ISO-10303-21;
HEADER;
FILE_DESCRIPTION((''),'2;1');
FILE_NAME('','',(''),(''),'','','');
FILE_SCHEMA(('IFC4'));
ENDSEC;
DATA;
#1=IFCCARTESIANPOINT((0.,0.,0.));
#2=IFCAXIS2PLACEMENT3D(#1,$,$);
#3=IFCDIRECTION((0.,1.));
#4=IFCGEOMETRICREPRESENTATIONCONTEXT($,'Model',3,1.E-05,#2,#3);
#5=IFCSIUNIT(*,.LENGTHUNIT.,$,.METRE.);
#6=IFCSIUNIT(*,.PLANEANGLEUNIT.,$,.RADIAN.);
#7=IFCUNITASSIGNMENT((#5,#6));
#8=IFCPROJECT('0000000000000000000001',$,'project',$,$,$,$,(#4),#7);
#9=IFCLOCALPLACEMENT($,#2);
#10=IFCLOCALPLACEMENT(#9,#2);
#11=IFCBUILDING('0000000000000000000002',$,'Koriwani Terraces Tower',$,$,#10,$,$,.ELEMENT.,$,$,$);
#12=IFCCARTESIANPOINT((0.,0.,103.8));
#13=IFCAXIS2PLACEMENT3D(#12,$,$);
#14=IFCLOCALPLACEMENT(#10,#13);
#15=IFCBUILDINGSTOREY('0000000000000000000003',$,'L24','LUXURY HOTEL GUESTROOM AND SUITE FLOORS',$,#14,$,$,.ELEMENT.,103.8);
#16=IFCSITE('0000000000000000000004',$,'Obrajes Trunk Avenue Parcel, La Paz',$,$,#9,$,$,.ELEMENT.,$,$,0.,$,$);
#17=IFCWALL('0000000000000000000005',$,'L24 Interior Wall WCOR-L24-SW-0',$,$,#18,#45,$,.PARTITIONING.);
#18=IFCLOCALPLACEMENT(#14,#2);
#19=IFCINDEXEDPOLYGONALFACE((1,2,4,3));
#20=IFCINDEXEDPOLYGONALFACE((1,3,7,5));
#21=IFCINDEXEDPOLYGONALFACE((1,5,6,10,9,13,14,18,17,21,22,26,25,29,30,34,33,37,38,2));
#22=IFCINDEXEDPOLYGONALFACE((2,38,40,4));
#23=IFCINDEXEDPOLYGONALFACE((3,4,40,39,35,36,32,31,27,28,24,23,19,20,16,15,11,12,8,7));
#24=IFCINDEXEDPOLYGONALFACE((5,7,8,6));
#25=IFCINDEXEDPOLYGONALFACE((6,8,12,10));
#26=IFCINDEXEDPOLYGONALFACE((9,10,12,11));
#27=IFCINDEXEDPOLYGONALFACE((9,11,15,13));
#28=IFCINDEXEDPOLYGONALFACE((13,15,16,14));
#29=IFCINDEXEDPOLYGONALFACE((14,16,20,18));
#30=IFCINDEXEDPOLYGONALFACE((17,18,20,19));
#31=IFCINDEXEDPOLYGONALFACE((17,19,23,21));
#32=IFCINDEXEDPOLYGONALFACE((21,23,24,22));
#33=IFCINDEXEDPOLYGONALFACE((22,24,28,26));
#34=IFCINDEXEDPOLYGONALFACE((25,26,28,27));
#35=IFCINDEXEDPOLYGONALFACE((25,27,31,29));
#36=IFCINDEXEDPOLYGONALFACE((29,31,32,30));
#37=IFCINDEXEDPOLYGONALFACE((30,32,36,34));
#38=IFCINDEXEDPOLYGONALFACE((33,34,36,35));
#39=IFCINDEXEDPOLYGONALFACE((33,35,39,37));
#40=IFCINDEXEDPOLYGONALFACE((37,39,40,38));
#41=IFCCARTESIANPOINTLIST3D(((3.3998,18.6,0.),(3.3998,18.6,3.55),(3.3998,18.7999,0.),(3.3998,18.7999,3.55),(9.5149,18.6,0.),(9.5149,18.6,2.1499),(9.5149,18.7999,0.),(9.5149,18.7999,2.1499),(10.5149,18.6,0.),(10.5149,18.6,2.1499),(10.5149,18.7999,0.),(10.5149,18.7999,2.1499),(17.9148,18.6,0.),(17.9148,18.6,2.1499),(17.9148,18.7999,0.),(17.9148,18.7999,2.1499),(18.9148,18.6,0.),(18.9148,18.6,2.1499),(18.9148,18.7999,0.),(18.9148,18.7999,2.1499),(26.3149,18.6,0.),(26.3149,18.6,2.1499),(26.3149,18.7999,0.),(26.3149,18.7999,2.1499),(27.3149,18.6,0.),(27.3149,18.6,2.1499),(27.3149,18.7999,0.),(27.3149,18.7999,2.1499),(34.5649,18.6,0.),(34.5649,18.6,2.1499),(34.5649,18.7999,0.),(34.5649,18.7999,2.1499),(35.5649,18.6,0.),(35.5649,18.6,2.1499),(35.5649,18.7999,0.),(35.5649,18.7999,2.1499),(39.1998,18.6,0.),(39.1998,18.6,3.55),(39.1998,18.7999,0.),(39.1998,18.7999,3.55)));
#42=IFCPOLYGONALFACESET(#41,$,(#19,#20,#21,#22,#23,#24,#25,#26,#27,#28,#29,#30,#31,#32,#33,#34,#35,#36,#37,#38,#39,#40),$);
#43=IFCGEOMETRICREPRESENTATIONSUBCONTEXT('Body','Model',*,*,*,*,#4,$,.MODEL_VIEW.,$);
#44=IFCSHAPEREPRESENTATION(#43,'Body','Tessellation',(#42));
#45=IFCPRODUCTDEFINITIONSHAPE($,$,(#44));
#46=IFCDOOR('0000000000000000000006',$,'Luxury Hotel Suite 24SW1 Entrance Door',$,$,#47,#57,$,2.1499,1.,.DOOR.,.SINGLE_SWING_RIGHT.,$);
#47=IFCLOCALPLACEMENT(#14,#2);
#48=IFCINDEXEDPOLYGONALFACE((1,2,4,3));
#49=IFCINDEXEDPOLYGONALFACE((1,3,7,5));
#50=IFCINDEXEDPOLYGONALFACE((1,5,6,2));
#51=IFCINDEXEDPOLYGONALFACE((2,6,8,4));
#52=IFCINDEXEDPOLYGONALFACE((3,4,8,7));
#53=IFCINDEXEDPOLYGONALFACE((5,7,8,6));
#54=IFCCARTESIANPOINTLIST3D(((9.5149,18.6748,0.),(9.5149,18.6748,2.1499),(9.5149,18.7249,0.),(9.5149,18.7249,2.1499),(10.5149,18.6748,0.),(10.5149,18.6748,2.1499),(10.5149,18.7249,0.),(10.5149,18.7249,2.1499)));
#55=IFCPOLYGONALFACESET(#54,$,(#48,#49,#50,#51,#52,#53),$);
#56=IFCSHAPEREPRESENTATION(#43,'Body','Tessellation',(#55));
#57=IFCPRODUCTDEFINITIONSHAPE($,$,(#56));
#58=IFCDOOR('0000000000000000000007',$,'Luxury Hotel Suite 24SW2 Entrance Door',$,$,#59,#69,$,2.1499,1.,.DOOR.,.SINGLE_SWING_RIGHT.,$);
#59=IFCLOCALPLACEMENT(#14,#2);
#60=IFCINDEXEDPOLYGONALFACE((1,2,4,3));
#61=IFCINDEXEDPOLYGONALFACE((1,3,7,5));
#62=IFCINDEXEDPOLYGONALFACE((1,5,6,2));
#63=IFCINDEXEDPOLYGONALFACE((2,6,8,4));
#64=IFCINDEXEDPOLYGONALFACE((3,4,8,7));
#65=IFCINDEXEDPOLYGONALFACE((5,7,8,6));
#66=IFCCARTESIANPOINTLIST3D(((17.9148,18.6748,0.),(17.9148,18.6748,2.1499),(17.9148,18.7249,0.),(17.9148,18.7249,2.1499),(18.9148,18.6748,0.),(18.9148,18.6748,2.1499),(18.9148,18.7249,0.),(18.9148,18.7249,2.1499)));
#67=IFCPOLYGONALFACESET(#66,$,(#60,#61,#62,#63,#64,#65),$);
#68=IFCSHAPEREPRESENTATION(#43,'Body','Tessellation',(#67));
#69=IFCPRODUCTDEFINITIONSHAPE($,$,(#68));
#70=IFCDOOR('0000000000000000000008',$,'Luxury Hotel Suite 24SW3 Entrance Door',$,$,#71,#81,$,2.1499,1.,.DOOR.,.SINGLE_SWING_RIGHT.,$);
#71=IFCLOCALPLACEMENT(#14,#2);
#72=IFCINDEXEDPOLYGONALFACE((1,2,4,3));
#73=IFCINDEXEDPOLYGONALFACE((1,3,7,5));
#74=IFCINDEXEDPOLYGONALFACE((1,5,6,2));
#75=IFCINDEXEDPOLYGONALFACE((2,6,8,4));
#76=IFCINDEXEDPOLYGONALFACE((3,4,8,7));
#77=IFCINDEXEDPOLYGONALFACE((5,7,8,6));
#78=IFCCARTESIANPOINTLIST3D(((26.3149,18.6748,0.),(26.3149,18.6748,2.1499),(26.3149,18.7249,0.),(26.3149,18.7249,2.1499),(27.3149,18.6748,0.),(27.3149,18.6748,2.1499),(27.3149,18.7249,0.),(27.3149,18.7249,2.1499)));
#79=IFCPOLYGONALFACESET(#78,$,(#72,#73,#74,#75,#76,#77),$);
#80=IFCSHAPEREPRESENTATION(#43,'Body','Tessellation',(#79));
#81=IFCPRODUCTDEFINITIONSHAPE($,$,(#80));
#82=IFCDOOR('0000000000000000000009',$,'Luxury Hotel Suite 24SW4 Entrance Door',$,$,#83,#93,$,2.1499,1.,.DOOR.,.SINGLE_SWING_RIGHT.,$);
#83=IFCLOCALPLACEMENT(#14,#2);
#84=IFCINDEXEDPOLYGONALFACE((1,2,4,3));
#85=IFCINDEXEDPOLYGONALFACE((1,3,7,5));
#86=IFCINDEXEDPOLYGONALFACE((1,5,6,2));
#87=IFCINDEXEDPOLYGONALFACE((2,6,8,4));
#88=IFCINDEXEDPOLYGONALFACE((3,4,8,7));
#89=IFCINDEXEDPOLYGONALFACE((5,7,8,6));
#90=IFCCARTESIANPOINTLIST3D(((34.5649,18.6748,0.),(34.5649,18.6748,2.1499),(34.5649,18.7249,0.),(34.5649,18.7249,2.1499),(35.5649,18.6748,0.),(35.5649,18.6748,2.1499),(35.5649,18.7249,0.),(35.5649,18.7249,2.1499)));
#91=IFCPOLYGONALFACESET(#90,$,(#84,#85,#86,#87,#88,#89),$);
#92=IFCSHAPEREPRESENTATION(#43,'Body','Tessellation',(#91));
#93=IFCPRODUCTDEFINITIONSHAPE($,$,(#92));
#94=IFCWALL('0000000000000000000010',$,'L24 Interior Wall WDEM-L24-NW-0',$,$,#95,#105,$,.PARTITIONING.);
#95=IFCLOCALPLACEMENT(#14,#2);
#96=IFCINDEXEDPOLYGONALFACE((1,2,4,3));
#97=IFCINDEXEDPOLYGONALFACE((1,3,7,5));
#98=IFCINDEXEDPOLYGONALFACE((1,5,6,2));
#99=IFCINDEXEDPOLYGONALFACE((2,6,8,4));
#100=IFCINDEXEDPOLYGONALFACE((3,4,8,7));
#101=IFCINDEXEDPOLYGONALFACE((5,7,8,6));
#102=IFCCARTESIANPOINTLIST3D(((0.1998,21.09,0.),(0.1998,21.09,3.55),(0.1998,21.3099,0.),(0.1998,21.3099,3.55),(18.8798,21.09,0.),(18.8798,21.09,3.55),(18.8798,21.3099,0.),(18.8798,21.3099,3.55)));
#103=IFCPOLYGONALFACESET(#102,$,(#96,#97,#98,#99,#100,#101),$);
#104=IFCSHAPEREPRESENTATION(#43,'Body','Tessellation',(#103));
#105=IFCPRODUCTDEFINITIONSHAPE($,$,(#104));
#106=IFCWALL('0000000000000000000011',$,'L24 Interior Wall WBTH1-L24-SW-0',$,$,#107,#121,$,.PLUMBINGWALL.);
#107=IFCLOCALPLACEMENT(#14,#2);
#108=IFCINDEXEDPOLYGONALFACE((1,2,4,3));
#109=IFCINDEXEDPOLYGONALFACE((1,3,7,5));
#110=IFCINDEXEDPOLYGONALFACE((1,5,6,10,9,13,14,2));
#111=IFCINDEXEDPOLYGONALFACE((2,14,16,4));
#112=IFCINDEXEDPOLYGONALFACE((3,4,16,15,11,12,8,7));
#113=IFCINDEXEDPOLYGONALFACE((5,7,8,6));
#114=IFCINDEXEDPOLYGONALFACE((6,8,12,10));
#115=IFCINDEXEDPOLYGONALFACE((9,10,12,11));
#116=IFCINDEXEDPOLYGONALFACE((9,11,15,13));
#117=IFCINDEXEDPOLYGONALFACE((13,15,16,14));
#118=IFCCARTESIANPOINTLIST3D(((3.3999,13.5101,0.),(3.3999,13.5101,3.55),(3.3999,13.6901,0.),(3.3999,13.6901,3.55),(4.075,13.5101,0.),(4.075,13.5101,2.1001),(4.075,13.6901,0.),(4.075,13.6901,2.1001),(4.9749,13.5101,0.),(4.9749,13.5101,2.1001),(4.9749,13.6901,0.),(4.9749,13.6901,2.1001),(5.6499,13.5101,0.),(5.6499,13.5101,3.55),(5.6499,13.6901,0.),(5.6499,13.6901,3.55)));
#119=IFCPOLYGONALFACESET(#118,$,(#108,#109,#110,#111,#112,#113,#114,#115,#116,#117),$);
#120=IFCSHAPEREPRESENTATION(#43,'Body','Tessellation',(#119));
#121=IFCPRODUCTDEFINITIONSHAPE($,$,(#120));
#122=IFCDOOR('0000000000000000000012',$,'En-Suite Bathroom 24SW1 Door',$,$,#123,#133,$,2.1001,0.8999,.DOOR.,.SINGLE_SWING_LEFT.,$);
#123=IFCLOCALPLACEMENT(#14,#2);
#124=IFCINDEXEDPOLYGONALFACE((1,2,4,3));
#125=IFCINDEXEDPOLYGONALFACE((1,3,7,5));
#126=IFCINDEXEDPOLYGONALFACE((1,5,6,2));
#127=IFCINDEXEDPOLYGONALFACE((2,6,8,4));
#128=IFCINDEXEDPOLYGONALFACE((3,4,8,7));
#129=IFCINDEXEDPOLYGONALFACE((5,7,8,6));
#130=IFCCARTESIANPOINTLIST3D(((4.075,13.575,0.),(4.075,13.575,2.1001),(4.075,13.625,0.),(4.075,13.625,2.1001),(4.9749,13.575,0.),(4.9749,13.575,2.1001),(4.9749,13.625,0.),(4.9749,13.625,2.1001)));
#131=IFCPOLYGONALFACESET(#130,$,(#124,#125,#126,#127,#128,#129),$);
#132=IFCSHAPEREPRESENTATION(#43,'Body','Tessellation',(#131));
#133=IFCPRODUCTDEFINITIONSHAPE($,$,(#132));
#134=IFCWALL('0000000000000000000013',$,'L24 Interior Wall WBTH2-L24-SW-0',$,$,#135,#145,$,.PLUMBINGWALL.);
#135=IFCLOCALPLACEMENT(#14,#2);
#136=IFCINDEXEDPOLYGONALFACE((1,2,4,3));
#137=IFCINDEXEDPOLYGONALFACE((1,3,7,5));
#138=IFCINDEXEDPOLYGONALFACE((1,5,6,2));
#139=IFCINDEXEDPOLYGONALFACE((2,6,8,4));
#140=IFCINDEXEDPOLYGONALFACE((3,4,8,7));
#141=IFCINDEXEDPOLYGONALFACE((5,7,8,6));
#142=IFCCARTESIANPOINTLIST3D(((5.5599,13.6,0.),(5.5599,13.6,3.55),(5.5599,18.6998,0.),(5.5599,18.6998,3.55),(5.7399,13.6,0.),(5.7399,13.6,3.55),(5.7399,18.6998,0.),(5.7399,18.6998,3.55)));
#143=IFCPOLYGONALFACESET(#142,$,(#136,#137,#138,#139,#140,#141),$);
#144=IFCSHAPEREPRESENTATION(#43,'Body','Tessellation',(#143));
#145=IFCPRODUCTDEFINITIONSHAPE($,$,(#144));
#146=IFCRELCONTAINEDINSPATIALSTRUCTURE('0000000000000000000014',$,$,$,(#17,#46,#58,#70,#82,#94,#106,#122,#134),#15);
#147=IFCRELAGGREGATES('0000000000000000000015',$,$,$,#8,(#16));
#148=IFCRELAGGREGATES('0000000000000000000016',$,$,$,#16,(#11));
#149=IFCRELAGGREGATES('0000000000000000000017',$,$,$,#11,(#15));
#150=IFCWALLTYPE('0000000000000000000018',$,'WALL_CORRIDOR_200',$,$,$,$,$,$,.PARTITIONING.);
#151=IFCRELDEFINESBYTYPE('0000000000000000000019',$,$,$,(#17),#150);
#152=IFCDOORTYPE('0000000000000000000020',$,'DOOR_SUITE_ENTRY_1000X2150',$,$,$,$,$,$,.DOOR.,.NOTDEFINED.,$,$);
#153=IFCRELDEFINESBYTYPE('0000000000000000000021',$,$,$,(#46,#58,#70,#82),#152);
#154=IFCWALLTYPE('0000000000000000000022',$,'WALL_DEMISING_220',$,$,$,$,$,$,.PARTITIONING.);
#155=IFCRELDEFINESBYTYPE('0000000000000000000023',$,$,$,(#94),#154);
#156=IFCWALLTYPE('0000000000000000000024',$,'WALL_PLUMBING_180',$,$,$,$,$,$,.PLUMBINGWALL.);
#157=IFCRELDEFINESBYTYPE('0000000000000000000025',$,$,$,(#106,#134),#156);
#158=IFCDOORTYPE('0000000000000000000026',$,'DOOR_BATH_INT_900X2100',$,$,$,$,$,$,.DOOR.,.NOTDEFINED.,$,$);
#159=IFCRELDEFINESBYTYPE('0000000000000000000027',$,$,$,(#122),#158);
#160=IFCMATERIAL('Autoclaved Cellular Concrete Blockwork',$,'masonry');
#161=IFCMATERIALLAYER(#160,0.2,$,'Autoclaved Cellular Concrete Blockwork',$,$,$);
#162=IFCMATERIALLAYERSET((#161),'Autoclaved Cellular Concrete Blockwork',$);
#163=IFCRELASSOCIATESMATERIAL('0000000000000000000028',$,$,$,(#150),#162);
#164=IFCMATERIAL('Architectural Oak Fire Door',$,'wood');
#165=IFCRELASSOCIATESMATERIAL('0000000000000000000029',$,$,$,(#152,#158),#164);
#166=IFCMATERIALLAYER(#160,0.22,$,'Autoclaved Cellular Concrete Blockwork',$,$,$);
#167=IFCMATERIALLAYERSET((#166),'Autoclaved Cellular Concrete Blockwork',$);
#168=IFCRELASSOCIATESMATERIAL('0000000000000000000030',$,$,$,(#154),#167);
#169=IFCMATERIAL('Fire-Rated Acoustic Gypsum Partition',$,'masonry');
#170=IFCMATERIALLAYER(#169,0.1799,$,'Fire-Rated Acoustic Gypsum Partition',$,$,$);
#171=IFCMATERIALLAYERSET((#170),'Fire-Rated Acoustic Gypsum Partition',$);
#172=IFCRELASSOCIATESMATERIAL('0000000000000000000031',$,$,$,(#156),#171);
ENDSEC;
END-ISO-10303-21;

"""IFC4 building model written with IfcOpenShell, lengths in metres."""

from ifc_helpers import new_model, si_unit, direction, frame, frame_2d, origin, place, context, subcontext, project, spatial, rectangle, extrude, material, layer, layer_set, type_object, element, fill, save


model = new_model("IFC4")

# Units and contexts
model_context = context("Model", 3, precision=1e-05, world=origin(), true_north=direction((0.0, 1.0)))
body_context = subcontext(model_context, "Body", "Model", "MODEL_VIEW")
ifc_project = project(units=[si_unit("LENGTHUNIT", "METRE"), si_unit("PLANEANGLEUNIT", "RADIAN")], contexts=[model_context])

# Site, building, storey
site_placement = place(None, origin())
site = spatial("IfcSite", under=ifc_project, at=site_placement, Name="Obrajes Trunk Avenue Parcel, La Paz", CompositionType="ELEMENT", RefElevation=0.0)
building_placement = place(site_placement, origin())
building = spatial("IfcBuilding", under=site, at=building_placement, Name="Koriwani Terraces Tower", CompositionType="ELEMENT")
storey_placement = place(building_placement, frame((0.0, 0.0, 103.8)))
storey = spatial("IfcBuildingStorey", under=building, at=storey_placement, Name="L24", Description="LUXURY HOTEL GUESTROOM AND SUITE FLOORS", CompositionType="ELEMENT", Elevation=103.8)

# Wall, openings, doors
ifc_material_1 = material(Name="Autoclaved Cellular Concrete Blockwork", Category="masonry")
ifc_layer_1 = layer(ifc_material_1, 0.2, Name="Autoclaved Cellular Concrete Blockwork")
ifc_layer_set_1 = layer_set([ifc_layer_1], Name="Autoclaved Cellular Concrete Blockwork")
wall_type_1 = type_object("IfcWallType", Name="WALL_CORRIDOR_200", PredefinedType="PARTITIONING", material=ifc_layer_set_1)
wall_1_placement = place(storey_placement, frame((3.3999, 18.7, 0.0), z_axis=(0.0, 0.0, 1.0), x_axis=(1.0, 0.0, 0.0)))
wall_1 = element("IfcWall", 1, at=wall_1_placement, inside=storey, type_object=wall_type_1, Name="L24 Interior Wall WCOR-L24-SW-0", PredefinedType="PARTITIONING", context=body_context, shape_type="SweptSolid", body=[
    extrude(rectangle(XDim=35.8, YDim=0.2, at=frame_2d((17.8999, 0.0))), origin(), (0.0, 0.0, 1.0), 3.55),
])
opening_1_placement = place(wall_1_placement, frame((6.115, 0.0, 0.0)))
opening_1 = element("IfcOpeningElement", 2, at=opening_1_placement, cuts=wall_1, PredefinedType="OPENING", context=body_context, shape_type="SweptSolid", body=[
    extrude(rectangle(XDim=1.0, YDim=2.1499, at=frame_2d((0.5, 1.075))), frame((0.0, 0.1099, 0.0), z_axis=(0.0, -1.0, 0.0), x_axis=(1.0, 0.0, 0.0)), (0.0, 0.0, 1.0), 0.22),
])
opening_2_placement = place(wall_1_placement, frame((14.5149, 0.0, 0.0)))
opening_2 = element("IfcOpeningElement", 3, at=opening_2_placement, cuts=wall_1, PredefinedType="OPENING", context=body_context, shape_type="SweptSolid", body=[
    extrude(rectangle(XDim=1.0, YDim=2.1499, at=frame_2d((0.5, 1.075))), frame((0.0, 0.1099, 0.0), z_axis=(0.0, -1.0, 0.0), x_axis=(1.0, 0.0, 0.0)), (0.0, 0.0, 1.0), 0.22),
])
opening_3_placement = place(wall_1_placement, frame((22.915, 0.0, 0.0)))
opening_3 = element("IfcOpeningElement", 4, at=opening_3_placement, cuts=wall_1, PredefinedType="OPENING", context=body_context, shape_type="SweptSolid", body=[
    extrude(rectangle(XDim=1.0, YDim=2.1499, at=frame_2d((0.5, 1.075))), frame((0.0, 0.1099, 0.0), z_axis=(0.0, -1.0, 0.0), x_axis=(1.0, 0.0, 0.0)), (0.0, 0.0, 1.0), 0.22),
])
opening_4_placement = place(wall_1_placement, frame((31.165, 0.0, 0.0)))
opening_4 = element("IfcOpeningElement", 5, at=opening_4_placement, cuts=wall_1, PredefinedType="OPENING", context=body_context, shape_type="SweptSolid", body=[
    extrude(rectangle(XDim=1.0, YDim=2.1499, at=frame_2d((0.5, 1.075))), frame((0.0, 0.1099, 0.0), z_axis=(0.0, -1.0, 0.0), x_axis=(1.0, 0.0, 0.0)), (0.0, 0.0, 1.0), 0.22),
])
ifc_material_2 = material(Name="Architectural Oak Fire Door", Category="wood")
door_type_1 = type_object("IfcDoorType", Name="DOOR_SUITE_ENTRY_1000X2150", OperationType="NOTDEFINED", PredefinedType="DOOR", material=ifc_material_2)
door_1_placement = place(opening_1_placement, origin())
door_1 = element("IfcDoor", 6, at=door_1_placement, inside=storey, type_object=door_type_1, Name="Luxury Hotel Suite 24SW1 Entrance Door", OperationType="SINGLE_SWING_RIGHT", OverallHeight=2.1499, OverallWidth=1.0, PredefinedType="DOOR", context=body_context, shape_type="SweptSolid", body=[
    extrude(rectangle(XDim=1.0, YDim=2.1499, at=frame_2d((0.5, 1.075))), frame((0.0, 0.0249, 0.0), z_axis=(0.0, -1.0, 0.0), x_axis=(1.0, 0.0, 0.0)), (0.0, 0.0, 1.0), 0.05),
])
fill(opening_1, door_1)
door_2_placement = place(opening_2_placement, origin())
door_2 = element("IfcDoor", 7, at=door_2_placement, inside=storey, type_object=door_type_1, Name="Luxury Hotel Suite 24SW2 Entrance Door", OperationType="SINGLE_SWING_RIGHT", OverallHeight=2.1499, OverallWidth=1.0, PredefinedType="DOOR", context=body_context, shape_type="SweptSolid", body=[
    extrude(rectangle(XDim=1.0, YDim=2.1499, at=frame_2d((0.5, 1.075))), frame((0.0, 0.0249, 0.0), z_axis=(0.0, -1.0, 0.0), x_axis=(1.0, 0.0, 0.0)), (0.0, 0.0, 1.0), 0.05),
])
fill(opening_2, door_2)
door_3_placement = place(opening_3_placement, origin())
door_3 = element("IfcDoor", 8, at=door_3_placement, inside=storey, type_object=door_type_1, Name="Luxury Hotel Suite 24SW3 Entrance Door", OperationType="SINGLE_SWING_RIGHT", OverallHeight=2.1499, OverallWidth=1.0, PredefinedType="DOOR", context=body_context, shape_type="SweptSolid", body=[
    extrude(rectangle(XDim=1.0, YDim=2.1499, at=frame_2d((0.5, 1.075))), frame((0.0, 0.0249, 0.0), z_axis=(0.0, -1.0, 0.0), x_axis=(1.0, 0.0, 0.0)), (0.0, 0.0, 1.0), 0.05),
])
fill(opening_3, door_3)
door_4_placement = place(opening_4_placement, origin())
door_4 = element("IfcDoor", 9, at=door_4_placement, inside=storey, type_object=door_type_1, Name="Luxury Hotel Suite 24SW4 Entrance Door", OperationType="SINGLE_SWING_RIGHT", OverallHeight=2.1499, OverallWidth=1.0, PredefinedType="DOOR", context=body_context, shape_type="SweptSolid", body=[
    extrude(rectangle(XDim=1.0, YDim=2.1499, at=frame_2d((0.5, 1.075))), frame((0.0, 0.0249, 0.0), z_axis=(0.0, -1.0, 0.0), x_axis=(1.0, 0.0, 0.0)), (0.0, 0.0, 1.0), 0.05),
])
fill(opening_4, door_4)

# Wall
ifc_layer_2 = layer(ifc_material_1, 0.22, Name="Autoclaved Cellular Concrete Blockwork")
ifc_layer_set_2 = layer_set([ifc_layer_2], Name="Autoclaved Cellular Concrete Blockwork")
wall_type_2 = type_object("IfcWallType", Name="WALL_DEMISING_220", PredefinedType="PARTITIONING", material=ifc_layer_set_2)
wall_2_placement = place(storey_placement, frame((0.2, 21.2, 0.0), z_axis=(0.0, 0.0, 1.0), x_axis=(1.0, 0.0, 0.0)))
element("IfcWall", 10, at=wall_2_placement, inside=storey, type_object=wall_type_2, Name="L24 Interior Wall WDEM-L24-NW-0", PredefinedType="PARTITIONING", context=body_context, shape_type="SweptSolid", body=[
    extrude(rectangle(XDim=18.6799, YDim=0.22, at=frame_2d((9.3398, 0.0))), origin(), (0.0, 0.0, 1.0), 3.55),
])

# Wall, opening, door
ifc_material_3 = material(Name="Fire-Rated Acoustic Gypsum Partition", Category="masonry")
ifc_layer_3 = layer(ifc_material_3, 0.1799, Name="Fire-Rated Acoustic Gypsum Partition")
ifc_layer_set_3 = layer_set([ifc_layer_3], Name="Fire-Rated Acoustic Gypsum Partition")
wall_type_3 = type_object("IfcWallType", Name="WALL_PLUMBING_180", PredefinedType="PLUMBINGWALL", material=ifc_layer_set_3)
wall_3_placement = place(storey_placement, frame((3.3999, 13.6001, 0.0), z_axis=(0.0, 0.0, 1.0), x_axis=(1.0, 0.0, 0.0)))
wall_3 = element("IfcWall", 11, at=wall_3_placement, inside=storey, type_object=wall_type_3, Name="L24 Interior Wall WBTH1-L24-SW-0", PredefinedType="PLUMBINGWALL", context=body_context, shape_type="SweptSolid", body=[
    extrude(rectangle(XDim=2.25, YDim=0.1799, at=frame_2d((1.125, 0.0))), origin(), (0.0, 0.0, 1.0), 3.55),
])
opening_5_placement = place(wall_3_placement, frame((0.675, 0.0, 0.0)))
opening_5 = element("IfcOpeningElement", 12, at=opening_5_placement, cuts=wall_3, PredefinedType="OPENING", context=body_context, shape_type="SweptSolid", body=[
    extrude(rectangle(XDim=0.8999, YDim=2.1001, at=frame_2d((0.45, 1.05))), frame((0.0, 0.1001, 0.0), z_axis=(0.0, -1.0, 0.0), x_axis=(1.0, 0.0, 0.0)), (0.0, 0.0, 1.0), 0.2),
])
door_type_2 = type_object("IfcDoorType", Name="DOOR_BATH_INT_900X2100", OperationType="NOTDEFINED", PredefinedType="DOOR", material=ifc_material_2)
door_5_placement = place(opening_5_placement, origin())
door_5 = element("IfcDoor", 13, at=door_5_placement, inside=storey, type_object=door_type_2, Name="En-Suite Bathroom 24SW1 Door", OperationType="SINGLE_SWING_LEFT", OverallHeight=2.1001, OverallWidth=0.8999, PredefinedType="DOOR", context=body_context, shape_type="SweptSolid", body=[
    extrude(rectangle(XDim=0.8999, YDim=2.1001, at=frame_2d((0.45, 1.05))), frame((0.0, 0.0249, 0.0), z_axis=(0.0, -1.0, 0.0), x_axis=(1.0, 0.0, 0.0)), (0.0, 0.0, 1.0), 0.05),
])
fill(opening_5, door_5)

# Wall
wall_4_placement = place(storey_placement, frame((5.6499, 13.6001, 0.0), z_axis=(0.0, 0.0, 1.0), x_axis=(0.0, 1.0, 0.0)))
element("IfcWall", 14, at=wall_4_placement, inside=storey, type_object=wall_type_3, Name="L24 Interior Wall WBTH2-L24-SW-0", PredefinedType="PLUMBINGWALL", context=body_context, shape_type="SweptSolid", body=[
    extrude(rectangle(XDim=5.0999, YDim=0.1799, at=frame_2d((2.5498, 0.0))), origin(), (0.0, 0.0, 1.0), 3.55),
])

save(model, "model.ifc")
